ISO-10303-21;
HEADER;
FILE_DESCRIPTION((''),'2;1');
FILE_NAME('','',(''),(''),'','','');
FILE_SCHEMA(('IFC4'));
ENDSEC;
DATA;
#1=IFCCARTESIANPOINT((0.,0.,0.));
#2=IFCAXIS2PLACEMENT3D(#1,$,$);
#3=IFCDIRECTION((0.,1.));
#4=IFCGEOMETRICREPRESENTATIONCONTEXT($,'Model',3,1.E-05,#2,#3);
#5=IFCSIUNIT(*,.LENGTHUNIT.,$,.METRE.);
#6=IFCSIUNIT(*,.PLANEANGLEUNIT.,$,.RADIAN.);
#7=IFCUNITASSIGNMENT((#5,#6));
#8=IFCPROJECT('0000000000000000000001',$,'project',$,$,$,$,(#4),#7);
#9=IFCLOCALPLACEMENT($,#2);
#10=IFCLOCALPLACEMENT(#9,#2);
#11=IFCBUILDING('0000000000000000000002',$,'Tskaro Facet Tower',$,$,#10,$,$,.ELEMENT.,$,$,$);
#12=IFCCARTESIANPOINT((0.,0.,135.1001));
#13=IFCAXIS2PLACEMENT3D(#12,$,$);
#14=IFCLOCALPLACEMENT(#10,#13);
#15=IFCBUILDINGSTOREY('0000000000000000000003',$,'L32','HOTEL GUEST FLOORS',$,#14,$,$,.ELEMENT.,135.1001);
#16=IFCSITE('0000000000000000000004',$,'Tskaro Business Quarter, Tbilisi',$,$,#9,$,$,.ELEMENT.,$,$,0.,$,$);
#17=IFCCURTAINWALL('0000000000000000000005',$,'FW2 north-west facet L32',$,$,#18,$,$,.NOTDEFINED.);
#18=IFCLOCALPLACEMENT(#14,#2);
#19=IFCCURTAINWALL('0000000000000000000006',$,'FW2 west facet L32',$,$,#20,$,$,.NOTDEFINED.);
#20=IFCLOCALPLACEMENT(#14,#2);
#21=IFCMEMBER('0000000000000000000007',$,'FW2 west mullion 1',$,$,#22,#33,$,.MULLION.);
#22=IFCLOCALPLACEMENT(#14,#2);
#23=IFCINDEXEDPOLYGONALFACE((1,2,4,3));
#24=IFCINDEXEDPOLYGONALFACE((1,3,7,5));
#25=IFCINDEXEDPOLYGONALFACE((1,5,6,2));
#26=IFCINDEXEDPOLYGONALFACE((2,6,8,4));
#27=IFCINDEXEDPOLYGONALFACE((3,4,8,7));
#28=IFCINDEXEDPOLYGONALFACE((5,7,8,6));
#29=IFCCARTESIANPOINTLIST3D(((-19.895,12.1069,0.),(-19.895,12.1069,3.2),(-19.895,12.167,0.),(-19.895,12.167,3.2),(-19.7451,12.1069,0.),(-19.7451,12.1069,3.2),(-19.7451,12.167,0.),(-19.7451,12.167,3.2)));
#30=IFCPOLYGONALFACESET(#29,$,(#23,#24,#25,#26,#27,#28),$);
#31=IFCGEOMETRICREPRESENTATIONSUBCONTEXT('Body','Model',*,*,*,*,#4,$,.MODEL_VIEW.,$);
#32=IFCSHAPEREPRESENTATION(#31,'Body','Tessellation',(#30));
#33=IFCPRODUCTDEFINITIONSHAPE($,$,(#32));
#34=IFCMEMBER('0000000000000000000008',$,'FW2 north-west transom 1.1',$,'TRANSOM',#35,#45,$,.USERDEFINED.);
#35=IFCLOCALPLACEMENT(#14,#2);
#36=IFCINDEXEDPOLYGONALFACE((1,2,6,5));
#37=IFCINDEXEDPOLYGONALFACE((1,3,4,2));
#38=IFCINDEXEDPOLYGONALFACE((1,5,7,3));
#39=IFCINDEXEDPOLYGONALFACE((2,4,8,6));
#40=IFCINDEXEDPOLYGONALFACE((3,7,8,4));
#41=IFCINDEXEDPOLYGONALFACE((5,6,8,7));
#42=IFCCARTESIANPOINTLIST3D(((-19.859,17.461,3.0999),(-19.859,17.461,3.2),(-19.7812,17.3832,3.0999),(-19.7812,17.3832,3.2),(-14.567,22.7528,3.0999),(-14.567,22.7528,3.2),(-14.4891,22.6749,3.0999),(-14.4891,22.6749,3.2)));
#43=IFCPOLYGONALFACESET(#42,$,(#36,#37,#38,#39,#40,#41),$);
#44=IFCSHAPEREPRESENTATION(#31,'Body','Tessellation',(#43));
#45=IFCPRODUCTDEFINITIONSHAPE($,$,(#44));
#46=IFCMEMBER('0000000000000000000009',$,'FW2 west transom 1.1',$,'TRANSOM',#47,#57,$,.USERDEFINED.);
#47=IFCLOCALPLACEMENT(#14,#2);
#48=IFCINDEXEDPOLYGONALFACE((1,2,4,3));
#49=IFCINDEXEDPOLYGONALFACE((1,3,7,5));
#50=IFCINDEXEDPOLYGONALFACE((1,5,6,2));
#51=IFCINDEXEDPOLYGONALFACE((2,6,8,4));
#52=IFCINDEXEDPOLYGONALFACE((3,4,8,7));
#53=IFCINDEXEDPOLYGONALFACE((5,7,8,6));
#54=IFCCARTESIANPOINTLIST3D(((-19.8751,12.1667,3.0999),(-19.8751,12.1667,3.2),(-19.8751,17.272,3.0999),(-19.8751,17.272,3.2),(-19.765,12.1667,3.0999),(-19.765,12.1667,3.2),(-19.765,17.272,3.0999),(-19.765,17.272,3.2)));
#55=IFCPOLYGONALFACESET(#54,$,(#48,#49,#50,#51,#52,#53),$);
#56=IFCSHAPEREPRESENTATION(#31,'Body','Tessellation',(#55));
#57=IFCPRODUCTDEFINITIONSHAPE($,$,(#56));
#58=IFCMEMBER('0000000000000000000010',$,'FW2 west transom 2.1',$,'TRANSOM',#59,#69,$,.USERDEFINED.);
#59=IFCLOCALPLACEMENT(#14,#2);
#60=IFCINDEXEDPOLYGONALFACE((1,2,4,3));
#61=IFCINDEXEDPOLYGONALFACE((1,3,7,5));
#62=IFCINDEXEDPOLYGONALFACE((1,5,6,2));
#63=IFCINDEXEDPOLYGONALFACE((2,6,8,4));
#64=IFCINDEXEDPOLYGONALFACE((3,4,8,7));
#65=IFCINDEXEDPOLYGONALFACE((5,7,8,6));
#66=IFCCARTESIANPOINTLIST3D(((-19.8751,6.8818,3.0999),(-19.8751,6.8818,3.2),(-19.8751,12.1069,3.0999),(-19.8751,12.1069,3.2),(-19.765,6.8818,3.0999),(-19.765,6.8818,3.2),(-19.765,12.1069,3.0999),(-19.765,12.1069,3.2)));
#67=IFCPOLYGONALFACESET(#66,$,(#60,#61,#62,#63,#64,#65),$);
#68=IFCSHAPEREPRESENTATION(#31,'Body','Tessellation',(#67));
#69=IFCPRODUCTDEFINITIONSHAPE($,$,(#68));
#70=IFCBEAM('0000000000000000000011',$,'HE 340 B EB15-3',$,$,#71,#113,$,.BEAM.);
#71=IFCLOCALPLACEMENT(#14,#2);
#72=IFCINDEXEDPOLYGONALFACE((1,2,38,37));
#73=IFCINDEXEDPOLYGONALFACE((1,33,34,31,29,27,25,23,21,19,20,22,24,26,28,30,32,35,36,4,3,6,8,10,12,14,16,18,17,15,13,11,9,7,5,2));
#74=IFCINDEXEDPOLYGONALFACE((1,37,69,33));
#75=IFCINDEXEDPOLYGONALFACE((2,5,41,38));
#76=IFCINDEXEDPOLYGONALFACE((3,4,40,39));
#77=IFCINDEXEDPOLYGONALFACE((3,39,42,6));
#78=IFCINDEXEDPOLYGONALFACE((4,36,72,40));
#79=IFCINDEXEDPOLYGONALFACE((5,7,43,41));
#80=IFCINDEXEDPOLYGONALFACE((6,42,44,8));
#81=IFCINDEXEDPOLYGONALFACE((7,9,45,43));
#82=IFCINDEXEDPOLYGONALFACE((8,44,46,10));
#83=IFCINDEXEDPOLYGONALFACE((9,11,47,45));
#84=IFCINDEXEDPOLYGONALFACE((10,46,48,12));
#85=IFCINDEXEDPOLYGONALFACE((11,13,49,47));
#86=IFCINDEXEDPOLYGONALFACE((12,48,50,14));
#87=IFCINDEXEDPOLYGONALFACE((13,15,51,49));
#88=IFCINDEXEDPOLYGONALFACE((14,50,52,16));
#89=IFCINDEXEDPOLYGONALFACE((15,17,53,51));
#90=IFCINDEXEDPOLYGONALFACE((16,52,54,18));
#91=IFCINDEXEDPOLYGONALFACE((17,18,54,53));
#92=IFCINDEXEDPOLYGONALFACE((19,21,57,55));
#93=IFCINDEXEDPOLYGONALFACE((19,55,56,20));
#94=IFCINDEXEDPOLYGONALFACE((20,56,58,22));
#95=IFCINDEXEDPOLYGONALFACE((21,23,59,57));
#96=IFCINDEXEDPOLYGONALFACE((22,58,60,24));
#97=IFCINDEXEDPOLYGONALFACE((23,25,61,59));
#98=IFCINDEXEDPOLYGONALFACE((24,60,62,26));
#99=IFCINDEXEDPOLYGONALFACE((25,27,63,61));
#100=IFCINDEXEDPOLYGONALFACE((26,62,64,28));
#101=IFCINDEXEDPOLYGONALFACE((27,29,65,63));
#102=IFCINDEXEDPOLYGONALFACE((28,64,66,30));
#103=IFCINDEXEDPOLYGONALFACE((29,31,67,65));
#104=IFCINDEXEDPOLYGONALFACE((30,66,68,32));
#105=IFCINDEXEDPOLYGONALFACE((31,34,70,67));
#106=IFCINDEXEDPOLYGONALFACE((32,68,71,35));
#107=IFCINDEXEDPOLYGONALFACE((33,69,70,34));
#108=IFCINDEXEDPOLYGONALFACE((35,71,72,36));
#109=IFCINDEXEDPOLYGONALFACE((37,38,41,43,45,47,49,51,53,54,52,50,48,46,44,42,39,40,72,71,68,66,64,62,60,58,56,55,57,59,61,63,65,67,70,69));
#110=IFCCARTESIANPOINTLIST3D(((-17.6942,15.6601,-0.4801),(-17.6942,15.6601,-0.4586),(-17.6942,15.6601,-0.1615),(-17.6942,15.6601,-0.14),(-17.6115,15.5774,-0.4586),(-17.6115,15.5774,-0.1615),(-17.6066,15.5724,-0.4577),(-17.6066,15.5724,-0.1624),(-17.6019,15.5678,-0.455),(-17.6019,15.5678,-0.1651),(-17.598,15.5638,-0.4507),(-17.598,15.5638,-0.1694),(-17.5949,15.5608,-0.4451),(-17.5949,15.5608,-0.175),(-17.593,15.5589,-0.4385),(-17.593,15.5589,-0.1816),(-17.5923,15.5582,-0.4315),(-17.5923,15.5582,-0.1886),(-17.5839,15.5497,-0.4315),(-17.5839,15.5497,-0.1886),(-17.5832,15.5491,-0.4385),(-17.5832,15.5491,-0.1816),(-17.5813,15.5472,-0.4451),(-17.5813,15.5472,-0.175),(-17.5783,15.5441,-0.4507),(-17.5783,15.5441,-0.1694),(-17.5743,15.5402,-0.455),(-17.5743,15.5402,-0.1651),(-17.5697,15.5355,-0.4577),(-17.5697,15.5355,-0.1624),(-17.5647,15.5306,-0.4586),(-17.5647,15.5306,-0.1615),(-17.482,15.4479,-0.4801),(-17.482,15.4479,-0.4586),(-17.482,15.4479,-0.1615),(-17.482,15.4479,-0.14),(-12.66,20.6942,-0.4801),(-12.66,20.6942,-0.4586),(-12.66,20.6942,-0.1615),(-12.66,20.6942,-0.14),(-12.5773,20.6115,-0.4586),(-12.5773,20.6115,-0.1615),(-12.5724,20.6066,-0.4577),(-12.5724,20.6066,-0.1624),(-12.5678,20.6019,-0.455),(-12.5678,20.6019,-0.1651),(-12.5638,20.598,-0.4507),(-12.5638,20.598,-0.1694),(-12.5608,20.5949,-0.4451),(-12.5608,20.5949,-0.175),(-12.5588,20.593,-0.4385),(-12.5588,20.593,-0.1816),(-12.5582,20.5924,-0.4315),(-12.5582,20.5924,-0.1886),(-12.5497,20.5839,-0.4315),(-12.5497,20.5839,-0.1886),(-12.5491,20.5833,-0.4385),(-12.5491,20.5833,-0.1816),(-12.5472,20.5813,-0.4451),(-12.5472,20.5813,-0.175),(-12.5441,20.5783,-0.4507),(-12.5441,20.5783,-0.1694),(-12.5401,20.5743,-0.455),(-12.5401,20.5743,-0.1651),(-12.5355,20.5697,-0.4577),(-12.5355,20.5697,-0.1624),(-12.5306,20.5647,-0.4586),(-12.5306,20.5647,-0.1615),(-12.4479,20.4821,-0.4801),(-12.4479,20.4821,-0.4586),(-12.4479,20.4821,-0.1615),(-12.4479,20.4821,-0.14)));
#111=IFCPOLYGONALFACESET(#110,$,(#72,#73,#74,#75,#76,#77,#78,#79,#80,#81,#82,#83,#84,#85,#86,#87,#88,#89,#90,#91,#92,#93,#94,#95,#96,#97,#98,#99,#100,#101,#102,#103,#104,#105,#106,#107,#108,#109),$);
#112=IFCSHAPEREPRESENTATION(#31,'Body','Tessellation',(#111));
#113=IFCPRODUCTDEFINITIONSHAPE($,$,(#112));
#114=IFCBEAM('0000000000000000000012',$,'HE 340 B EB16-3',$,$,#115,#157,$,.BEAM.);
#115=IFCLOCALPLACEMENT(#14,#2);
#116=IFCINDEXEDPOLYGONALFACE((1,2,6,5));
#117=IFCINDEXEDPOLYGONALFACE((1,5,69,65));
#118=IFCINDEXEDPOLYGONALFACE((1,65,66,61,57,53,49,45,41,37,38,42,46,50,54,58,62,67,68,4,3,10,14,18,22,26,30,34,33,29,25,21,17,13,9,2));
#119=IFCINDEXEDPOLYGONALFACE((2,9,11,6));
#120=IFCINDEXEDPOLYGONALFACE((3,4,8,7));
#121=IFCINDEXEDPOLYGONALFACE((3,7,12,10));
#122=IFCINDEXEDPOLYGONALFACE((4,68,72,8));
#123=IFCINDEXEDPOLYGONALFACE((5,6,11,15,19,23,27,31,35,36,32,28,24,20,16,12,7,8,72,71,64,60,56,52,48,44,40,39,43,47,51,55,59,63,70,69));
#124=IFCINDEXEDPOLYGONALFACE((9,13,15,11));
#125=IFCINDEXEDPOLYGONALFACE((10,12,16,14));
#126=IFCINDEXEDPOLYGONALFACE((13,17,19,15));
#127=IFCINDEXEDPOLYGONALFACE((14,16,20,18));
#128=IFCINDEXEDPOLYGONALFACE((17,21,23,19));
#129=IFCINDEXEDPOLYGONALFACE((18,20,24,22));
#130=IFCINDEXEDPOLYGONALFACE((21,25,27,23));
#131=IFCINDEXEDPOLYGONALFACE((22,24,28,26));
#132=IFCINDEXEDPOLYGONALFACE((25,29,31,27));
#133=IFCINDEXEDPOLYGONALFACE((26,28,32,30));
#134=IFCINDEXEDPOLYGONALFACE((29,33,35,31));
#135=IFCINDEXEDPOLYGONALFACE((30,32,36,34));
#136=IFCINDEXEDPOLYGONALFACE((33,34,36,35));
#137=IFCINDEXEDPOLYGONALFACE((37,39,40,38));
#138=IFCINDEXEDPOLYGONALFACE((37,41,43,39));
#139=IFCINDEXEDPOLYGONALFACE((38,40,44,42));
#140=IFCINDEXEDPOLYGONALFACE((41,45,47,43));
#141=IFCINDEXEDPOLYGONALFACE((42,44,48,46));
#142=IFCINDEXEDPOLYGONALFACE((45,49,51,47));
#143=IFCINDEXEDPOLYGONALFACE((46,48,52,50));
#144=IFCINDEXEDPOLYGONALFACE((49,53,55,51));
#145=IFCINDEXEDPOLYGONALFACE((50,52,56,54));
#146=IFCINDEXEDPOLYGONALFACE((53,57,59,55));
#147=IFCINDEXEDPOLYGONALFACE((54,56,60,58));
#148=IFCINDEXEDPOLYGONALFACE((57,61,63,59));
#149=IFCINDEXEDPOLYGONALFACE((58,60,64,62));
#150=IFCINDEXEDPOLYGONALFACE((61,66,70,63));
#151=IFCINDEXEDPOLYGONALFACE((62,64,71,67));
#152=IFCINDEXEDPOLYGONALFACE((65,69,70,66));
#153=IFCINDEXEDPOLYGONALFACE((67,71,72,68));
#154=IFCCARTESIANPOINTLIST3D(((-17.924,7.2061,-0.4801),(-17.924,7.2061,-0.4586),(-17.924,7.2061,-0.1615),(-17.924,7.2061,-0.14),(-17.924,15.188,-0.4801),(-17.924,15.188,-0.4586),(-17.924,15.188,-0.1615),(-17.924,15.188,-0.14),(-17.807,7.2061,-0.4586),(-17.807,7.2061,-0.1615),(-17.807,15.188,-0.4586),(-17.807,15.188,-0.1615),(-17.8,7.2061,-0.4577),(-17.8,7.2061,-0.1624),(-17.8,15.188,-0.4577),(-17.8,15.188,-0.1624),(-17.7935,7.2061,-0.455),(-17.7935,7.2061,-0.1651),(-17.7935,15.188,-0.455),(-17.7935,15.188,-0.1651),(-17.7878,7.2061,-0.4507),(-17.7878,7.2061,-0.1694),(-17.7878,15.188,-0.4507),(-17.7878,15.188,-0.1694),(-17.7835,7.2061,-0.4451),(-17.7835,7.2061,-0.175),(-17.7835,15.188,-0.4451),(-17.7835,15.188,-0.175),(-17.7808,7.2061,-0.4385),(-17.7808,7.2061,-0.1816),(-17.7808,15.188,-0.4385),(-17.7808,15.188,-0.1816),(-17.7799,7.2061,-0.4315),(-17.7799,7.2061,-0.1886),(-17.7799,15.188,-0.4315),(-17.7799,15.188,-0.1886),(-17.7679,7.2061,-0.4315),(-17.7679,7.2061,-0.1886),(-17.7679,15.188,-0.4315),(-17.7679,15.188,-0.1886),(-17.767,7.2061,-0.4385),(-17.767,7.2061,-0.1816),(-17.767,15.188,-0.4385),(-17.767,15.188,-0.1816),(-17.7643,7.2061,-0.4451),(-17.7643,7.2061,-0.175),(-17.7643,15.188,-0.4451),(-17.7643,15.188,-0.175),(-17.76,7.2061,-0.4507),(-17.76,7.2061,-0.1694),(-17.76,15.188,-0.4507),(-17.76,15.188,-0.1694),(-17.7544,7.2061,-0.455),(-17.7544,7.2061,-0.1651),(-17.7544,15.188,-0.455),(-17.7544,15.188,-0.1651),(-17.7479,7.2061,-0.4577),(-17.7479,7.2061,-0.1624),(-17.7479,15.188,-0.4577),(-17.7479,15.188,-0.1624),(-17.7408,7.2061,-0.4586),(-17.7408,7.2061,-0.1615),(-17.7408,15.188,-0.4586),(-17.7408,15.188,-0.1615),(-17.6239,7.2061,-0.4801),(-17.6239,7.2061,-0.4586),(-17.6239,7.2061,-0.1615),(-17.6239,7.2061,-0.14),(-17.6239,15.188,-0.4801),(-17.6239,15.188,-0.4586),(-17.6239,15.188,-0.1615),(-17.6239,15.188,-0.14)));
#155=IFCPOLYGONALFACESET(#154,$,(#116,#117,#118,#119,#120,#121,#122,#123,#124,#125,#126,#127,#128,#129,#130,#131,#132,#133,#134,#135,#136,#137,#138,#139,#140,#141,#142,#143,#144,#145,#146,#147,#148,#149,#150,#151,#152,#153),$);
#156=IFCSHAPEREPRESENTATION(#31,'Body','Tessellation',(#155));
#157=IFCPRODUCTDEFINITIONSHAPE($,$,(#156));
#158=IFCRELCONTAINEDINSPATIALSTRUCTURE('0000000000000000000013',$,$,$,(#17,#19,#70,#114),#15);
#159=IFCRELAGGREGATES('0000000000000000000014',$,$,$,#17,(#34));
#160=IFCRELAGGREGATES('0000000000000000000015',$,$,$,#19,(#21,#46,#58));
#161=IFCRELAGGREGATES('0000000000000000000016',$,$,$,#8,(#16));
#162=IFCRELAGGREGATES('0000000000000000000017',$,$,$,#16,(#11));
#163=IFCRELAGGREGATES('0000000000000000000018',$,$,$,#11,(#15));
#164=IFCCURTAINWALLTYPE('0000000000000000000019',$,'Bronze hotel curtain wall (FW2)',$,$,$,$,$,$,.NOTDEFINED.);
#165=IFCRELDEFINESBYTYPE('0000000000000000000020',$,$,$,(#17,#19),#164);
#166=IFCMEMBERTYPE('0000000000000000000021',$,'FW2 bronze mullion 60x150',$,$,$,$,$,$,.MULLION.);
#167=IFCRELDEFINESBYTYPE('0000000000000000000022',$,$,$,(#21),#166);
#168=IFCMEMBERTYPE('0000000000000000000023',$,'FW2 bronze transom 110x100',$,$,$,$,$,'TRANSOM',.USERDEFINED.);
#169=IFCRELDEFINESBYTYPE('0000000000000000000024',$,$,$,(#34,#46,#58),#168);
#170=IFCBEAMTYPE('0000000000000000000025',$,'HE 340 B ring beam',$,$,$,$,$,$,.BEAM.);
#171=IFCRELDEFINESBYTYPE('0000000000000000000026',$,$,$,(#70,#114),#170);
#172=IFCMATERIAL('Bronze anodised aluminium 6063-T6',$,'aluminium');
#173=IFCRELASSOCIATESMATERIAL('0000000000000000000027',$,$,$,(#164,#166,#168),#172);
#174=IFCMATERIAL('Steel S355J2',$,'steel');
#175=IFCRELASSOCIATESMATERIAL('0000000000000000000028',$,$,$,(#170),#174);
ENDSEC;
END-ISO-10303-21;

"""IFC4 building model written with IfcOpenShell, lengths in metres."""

from ifc_helpers import new_model, si_unit, direction, frame, origin, origin_2d, place, context, subcontext, project, spatial, rectangle, i_section, extrude, material, material_profile, profile_set, type_object, element, aggregate, save


model = new_model("IFC4")

# Units and contexts
model_context = context("Model", 3, precision=1e-05, world=origin(), true_north=direction((0.0, 1.0)))
body_context = subcontext(model_context, "Body", "Model", "MODEL_VIEW")
ifc_project = project(units=[si_unit("LENGTHUNIT", "METRE"), si_unit("PLANEANGLEUNIT", "RADIAN")], contexts=[model_context])

# Site, building, storey
site_placement = place(None, origin())
site = spatial("IfcSite", under=ifc_project, at=site_placement, Name="Tskaro Business Quarter, Tbilisi", CompositionType="ELEMENT", RefElevation=0.0)
building_placement = place(site_placement, origin())
building = spatial("IfcBuilding", under=site, at=building_placement, Name="Tskaro Facet Tower", CompositionType="ELEMENT")
storey_placement = place(building_placement, frame((0.0, 0.0, 135.1001)))
storey = spatial("IfcBuildingStorey", under=building, at=storey_placement, Name="L32", Description="HOTEL GUEST FLOORS", CompositionType="ELEMENT", Elevation=135.1001)

# Curtain wall
ifc_material_1 = material(Name="Bronze anodised aluminium 6063-T6", Category="aluminium")
curtain_wall_type = type_object("IfcCurtainWallType", Name="Bronze hotel curtain wall (FW2)", PredefinedType="NOTDEFINED", material=ifc_material_1)
curtain_wall_1_placement = place(storey_placement, origin())
curtain_wall_1 = element("IfcCurtainWall", 1, at=curtain_wall_1_placement, inside=storey, type_object=curtain_wall_type, Name="FW2 north-west facet L32", PredefinedType="NOTDEFINED")

# Curtain wall, member
curtain_wall_2_placement = place(storey_placement, origin())
curtain_wall_2 = element("IfcCurtainWall", 2, at=curtain_wall_2_placement, inside=storey, type_object=curtain_wall_type, Name="FW2 west facet L32", PredefinedType="NOTDEFINED")
ifc_material_profile_1 = material_profile(ifc_material_1, rectangle(XDim=0.0601, YDim=0.1499, at=origin_2d()), Name="Mullion 60x150")
ifc_profile_set_1 = profile_set([ifc_material_profile_1], Name="Bronze anodised aluminium 6063-T6")
member_type_1 = type_object("IfcMemberType", Name="FW2 bronze mullion 60x150", PredefinedType="MULLION", material=ifc_profile_set_1)
member_1_placement = place(storey_placement, frame((-19.8201, 12.137, 0.0), z_axis=(0.0, 0.0, 1.0), x_axis=(0.0, -1.0, 0.0)))
member_1 = element("IfcMember", 3, at=member_1_placement, type_object=member_type_1, Name="FW2 west mullion 1", PredefinedType="MULLION", context=body_context, shape_type="SweptSolid", body=[
    extrude(rectangle(XDim=0.0601, YDim=0.1499, at=origin_2d()), origin(), (0.0, 0.0, 1.0), 3.2),
])

# Members
ifc_material_profile_2 = material_profile(ifc_material_1, rectangle(XDim=0.1101, YDim=0.1001, at=origin_2d()), Name="Transom 110x100")
ifc_profile_set_2 = profile_set([ifc_material_profile_2], Name="Bronze anodised aluminium 6063-T6")
member_type_2 = type_object("IfcMemberType", Name="FW2 bronze transom 110x100", ElementType="TRANSOM", PredefinedType="USERDEFINED", material=ifc_profile_set_2)
member_2_placement = place(storey_placement, frame((-14.5281, 22.7139, 3.1499), z_axis=(-0.707123, -0.70709, 0.0), x_axis=(0.70709, -0.707123, 0.0)))
member_2 = element("IfcMember", 4, at=member_2_placement, type_object=member_type_2, Name="FW2 north-west transom 1.1", ObjectType="TRANSOM", PredefinedType="USERDEFINED", context=body_context, shape_type="SweptSolid", body=[
    extrude(rectangle(XDim=0.1101, YDim=0.1001, at=origin_2d()), origin(), (0.0, 0.0, 1.0), 7.4839),
])
member_3_placement = place(storey_placement, frame((-19.8201, 17.272, 3.1499), z_axis=(0.0, -1.0, 0.0), x_axis=(1.0, 0.0, 0.0)))
member_3 = element("IfcMember", 5, at=member_3_placement, type_object=member_type_2, Name="FW2 west transom 1.1", ObjectType="TRANSOM", PredefinedType="USERDEFINED", context=body_context, shape_type="SweptSolid", body=[
    extrude(rectangle(XDim=0.1101, YDim=0.1001, at=origin_2d()), origin(), (0.0, 0.0, 1.0), 5.1052),
])
member_4_placement = place(storey_placement, frame((-19.8201, 12.1069, 3.1499), z_axis=(0.0, -1.0, 0.0), x_axis=(1.0, 0.0, 0.0)))
member_4 = element("IfcMember", 6, at=member_4_placement, type_object=member_type_2, Name="FW2 west transom 2.1", ObjectType="TRANSOM", PredefinedType="USERDEFINED", context=body_context, shape_type="SweptSolid", body=[
    extrude(rectangle(XDim=0.1101, YDim=0.1001, at=origin_2d()), origin(), (0.0, 0.0, 1.0), 5.2251),
])

# Beams
ifc_material_2 = material(Name="Steel S355J2", Category="steel")
ifc_material_profile_3 = material_profile(ifc_material_2, i_section(OverallWidth=0.3, OverallDepth=0.3401, WebThickness=0.012, FlangeThickness=0.0215, FilletRadius=0.0271, at=origin_2d()), Name="HE 340 B")
ifc_profile_set_3 = profile_set([ifc_material_profile_3], Name="Steel S355J2")
beam_type_1 = type_object("IfcBeamType", Name="HE 340 B ring beam", PredefinedType="BEAM", material=ifc_profile_set_3)
beam_1_placement = place(storey_placement, frame((-12.554, 20.5881, -0.3101), z_axis=(-0.707107, -0.707107, 0.0), x_axis=(0.707107, -0.707107, 0.0)))
element("IfcBeam", 7, at=beam_1_placement, inside=storey, type_object=beam_type_1, Name="HE 340 B EB15-3", PredefinedType="BEAM", context=body_context, shape_type="SweptSolid", body=[
    extrude(i_section(OverallWidth=0.3, OverallDepth=0.3401, WebThickness=0.012, FlangeThickness=0.0215, FilletRadius=0.0271, at=origin_2d()), origin(), (0.0, 0.0, 1.0), 7.1194),
])
beam_2_placement = place(storey_placement, frame((-17.7739, 15.188, -0.3101), z_axis=(0.0, -1.0, 0.0), x_axis=(1.0, 0.0, 0.0)))
element("IfcBeam", 8, at=beam_2_placement, inside=storey, type_object=beam_type_1, Name="HE 340 B EB16-3", PredefinedType="BEAM", context=body_context, shape_type="SweptSolid", body=[
    extrude(i_section(OverallWidth=0.3, OverallDepth=0.3401, WebThickness=0.012, FlangeThickness=0.0215, FilletRadius=0.0271, at=origin_2d()), origin(), (0.0, 0.0, 1.0), 7.9819),
])

aggregate(curtain_wall_1, [member_2])
aggregate(curtain_wall_2, [member_1, member_3, member_4])

save(model, "model.ifc")
